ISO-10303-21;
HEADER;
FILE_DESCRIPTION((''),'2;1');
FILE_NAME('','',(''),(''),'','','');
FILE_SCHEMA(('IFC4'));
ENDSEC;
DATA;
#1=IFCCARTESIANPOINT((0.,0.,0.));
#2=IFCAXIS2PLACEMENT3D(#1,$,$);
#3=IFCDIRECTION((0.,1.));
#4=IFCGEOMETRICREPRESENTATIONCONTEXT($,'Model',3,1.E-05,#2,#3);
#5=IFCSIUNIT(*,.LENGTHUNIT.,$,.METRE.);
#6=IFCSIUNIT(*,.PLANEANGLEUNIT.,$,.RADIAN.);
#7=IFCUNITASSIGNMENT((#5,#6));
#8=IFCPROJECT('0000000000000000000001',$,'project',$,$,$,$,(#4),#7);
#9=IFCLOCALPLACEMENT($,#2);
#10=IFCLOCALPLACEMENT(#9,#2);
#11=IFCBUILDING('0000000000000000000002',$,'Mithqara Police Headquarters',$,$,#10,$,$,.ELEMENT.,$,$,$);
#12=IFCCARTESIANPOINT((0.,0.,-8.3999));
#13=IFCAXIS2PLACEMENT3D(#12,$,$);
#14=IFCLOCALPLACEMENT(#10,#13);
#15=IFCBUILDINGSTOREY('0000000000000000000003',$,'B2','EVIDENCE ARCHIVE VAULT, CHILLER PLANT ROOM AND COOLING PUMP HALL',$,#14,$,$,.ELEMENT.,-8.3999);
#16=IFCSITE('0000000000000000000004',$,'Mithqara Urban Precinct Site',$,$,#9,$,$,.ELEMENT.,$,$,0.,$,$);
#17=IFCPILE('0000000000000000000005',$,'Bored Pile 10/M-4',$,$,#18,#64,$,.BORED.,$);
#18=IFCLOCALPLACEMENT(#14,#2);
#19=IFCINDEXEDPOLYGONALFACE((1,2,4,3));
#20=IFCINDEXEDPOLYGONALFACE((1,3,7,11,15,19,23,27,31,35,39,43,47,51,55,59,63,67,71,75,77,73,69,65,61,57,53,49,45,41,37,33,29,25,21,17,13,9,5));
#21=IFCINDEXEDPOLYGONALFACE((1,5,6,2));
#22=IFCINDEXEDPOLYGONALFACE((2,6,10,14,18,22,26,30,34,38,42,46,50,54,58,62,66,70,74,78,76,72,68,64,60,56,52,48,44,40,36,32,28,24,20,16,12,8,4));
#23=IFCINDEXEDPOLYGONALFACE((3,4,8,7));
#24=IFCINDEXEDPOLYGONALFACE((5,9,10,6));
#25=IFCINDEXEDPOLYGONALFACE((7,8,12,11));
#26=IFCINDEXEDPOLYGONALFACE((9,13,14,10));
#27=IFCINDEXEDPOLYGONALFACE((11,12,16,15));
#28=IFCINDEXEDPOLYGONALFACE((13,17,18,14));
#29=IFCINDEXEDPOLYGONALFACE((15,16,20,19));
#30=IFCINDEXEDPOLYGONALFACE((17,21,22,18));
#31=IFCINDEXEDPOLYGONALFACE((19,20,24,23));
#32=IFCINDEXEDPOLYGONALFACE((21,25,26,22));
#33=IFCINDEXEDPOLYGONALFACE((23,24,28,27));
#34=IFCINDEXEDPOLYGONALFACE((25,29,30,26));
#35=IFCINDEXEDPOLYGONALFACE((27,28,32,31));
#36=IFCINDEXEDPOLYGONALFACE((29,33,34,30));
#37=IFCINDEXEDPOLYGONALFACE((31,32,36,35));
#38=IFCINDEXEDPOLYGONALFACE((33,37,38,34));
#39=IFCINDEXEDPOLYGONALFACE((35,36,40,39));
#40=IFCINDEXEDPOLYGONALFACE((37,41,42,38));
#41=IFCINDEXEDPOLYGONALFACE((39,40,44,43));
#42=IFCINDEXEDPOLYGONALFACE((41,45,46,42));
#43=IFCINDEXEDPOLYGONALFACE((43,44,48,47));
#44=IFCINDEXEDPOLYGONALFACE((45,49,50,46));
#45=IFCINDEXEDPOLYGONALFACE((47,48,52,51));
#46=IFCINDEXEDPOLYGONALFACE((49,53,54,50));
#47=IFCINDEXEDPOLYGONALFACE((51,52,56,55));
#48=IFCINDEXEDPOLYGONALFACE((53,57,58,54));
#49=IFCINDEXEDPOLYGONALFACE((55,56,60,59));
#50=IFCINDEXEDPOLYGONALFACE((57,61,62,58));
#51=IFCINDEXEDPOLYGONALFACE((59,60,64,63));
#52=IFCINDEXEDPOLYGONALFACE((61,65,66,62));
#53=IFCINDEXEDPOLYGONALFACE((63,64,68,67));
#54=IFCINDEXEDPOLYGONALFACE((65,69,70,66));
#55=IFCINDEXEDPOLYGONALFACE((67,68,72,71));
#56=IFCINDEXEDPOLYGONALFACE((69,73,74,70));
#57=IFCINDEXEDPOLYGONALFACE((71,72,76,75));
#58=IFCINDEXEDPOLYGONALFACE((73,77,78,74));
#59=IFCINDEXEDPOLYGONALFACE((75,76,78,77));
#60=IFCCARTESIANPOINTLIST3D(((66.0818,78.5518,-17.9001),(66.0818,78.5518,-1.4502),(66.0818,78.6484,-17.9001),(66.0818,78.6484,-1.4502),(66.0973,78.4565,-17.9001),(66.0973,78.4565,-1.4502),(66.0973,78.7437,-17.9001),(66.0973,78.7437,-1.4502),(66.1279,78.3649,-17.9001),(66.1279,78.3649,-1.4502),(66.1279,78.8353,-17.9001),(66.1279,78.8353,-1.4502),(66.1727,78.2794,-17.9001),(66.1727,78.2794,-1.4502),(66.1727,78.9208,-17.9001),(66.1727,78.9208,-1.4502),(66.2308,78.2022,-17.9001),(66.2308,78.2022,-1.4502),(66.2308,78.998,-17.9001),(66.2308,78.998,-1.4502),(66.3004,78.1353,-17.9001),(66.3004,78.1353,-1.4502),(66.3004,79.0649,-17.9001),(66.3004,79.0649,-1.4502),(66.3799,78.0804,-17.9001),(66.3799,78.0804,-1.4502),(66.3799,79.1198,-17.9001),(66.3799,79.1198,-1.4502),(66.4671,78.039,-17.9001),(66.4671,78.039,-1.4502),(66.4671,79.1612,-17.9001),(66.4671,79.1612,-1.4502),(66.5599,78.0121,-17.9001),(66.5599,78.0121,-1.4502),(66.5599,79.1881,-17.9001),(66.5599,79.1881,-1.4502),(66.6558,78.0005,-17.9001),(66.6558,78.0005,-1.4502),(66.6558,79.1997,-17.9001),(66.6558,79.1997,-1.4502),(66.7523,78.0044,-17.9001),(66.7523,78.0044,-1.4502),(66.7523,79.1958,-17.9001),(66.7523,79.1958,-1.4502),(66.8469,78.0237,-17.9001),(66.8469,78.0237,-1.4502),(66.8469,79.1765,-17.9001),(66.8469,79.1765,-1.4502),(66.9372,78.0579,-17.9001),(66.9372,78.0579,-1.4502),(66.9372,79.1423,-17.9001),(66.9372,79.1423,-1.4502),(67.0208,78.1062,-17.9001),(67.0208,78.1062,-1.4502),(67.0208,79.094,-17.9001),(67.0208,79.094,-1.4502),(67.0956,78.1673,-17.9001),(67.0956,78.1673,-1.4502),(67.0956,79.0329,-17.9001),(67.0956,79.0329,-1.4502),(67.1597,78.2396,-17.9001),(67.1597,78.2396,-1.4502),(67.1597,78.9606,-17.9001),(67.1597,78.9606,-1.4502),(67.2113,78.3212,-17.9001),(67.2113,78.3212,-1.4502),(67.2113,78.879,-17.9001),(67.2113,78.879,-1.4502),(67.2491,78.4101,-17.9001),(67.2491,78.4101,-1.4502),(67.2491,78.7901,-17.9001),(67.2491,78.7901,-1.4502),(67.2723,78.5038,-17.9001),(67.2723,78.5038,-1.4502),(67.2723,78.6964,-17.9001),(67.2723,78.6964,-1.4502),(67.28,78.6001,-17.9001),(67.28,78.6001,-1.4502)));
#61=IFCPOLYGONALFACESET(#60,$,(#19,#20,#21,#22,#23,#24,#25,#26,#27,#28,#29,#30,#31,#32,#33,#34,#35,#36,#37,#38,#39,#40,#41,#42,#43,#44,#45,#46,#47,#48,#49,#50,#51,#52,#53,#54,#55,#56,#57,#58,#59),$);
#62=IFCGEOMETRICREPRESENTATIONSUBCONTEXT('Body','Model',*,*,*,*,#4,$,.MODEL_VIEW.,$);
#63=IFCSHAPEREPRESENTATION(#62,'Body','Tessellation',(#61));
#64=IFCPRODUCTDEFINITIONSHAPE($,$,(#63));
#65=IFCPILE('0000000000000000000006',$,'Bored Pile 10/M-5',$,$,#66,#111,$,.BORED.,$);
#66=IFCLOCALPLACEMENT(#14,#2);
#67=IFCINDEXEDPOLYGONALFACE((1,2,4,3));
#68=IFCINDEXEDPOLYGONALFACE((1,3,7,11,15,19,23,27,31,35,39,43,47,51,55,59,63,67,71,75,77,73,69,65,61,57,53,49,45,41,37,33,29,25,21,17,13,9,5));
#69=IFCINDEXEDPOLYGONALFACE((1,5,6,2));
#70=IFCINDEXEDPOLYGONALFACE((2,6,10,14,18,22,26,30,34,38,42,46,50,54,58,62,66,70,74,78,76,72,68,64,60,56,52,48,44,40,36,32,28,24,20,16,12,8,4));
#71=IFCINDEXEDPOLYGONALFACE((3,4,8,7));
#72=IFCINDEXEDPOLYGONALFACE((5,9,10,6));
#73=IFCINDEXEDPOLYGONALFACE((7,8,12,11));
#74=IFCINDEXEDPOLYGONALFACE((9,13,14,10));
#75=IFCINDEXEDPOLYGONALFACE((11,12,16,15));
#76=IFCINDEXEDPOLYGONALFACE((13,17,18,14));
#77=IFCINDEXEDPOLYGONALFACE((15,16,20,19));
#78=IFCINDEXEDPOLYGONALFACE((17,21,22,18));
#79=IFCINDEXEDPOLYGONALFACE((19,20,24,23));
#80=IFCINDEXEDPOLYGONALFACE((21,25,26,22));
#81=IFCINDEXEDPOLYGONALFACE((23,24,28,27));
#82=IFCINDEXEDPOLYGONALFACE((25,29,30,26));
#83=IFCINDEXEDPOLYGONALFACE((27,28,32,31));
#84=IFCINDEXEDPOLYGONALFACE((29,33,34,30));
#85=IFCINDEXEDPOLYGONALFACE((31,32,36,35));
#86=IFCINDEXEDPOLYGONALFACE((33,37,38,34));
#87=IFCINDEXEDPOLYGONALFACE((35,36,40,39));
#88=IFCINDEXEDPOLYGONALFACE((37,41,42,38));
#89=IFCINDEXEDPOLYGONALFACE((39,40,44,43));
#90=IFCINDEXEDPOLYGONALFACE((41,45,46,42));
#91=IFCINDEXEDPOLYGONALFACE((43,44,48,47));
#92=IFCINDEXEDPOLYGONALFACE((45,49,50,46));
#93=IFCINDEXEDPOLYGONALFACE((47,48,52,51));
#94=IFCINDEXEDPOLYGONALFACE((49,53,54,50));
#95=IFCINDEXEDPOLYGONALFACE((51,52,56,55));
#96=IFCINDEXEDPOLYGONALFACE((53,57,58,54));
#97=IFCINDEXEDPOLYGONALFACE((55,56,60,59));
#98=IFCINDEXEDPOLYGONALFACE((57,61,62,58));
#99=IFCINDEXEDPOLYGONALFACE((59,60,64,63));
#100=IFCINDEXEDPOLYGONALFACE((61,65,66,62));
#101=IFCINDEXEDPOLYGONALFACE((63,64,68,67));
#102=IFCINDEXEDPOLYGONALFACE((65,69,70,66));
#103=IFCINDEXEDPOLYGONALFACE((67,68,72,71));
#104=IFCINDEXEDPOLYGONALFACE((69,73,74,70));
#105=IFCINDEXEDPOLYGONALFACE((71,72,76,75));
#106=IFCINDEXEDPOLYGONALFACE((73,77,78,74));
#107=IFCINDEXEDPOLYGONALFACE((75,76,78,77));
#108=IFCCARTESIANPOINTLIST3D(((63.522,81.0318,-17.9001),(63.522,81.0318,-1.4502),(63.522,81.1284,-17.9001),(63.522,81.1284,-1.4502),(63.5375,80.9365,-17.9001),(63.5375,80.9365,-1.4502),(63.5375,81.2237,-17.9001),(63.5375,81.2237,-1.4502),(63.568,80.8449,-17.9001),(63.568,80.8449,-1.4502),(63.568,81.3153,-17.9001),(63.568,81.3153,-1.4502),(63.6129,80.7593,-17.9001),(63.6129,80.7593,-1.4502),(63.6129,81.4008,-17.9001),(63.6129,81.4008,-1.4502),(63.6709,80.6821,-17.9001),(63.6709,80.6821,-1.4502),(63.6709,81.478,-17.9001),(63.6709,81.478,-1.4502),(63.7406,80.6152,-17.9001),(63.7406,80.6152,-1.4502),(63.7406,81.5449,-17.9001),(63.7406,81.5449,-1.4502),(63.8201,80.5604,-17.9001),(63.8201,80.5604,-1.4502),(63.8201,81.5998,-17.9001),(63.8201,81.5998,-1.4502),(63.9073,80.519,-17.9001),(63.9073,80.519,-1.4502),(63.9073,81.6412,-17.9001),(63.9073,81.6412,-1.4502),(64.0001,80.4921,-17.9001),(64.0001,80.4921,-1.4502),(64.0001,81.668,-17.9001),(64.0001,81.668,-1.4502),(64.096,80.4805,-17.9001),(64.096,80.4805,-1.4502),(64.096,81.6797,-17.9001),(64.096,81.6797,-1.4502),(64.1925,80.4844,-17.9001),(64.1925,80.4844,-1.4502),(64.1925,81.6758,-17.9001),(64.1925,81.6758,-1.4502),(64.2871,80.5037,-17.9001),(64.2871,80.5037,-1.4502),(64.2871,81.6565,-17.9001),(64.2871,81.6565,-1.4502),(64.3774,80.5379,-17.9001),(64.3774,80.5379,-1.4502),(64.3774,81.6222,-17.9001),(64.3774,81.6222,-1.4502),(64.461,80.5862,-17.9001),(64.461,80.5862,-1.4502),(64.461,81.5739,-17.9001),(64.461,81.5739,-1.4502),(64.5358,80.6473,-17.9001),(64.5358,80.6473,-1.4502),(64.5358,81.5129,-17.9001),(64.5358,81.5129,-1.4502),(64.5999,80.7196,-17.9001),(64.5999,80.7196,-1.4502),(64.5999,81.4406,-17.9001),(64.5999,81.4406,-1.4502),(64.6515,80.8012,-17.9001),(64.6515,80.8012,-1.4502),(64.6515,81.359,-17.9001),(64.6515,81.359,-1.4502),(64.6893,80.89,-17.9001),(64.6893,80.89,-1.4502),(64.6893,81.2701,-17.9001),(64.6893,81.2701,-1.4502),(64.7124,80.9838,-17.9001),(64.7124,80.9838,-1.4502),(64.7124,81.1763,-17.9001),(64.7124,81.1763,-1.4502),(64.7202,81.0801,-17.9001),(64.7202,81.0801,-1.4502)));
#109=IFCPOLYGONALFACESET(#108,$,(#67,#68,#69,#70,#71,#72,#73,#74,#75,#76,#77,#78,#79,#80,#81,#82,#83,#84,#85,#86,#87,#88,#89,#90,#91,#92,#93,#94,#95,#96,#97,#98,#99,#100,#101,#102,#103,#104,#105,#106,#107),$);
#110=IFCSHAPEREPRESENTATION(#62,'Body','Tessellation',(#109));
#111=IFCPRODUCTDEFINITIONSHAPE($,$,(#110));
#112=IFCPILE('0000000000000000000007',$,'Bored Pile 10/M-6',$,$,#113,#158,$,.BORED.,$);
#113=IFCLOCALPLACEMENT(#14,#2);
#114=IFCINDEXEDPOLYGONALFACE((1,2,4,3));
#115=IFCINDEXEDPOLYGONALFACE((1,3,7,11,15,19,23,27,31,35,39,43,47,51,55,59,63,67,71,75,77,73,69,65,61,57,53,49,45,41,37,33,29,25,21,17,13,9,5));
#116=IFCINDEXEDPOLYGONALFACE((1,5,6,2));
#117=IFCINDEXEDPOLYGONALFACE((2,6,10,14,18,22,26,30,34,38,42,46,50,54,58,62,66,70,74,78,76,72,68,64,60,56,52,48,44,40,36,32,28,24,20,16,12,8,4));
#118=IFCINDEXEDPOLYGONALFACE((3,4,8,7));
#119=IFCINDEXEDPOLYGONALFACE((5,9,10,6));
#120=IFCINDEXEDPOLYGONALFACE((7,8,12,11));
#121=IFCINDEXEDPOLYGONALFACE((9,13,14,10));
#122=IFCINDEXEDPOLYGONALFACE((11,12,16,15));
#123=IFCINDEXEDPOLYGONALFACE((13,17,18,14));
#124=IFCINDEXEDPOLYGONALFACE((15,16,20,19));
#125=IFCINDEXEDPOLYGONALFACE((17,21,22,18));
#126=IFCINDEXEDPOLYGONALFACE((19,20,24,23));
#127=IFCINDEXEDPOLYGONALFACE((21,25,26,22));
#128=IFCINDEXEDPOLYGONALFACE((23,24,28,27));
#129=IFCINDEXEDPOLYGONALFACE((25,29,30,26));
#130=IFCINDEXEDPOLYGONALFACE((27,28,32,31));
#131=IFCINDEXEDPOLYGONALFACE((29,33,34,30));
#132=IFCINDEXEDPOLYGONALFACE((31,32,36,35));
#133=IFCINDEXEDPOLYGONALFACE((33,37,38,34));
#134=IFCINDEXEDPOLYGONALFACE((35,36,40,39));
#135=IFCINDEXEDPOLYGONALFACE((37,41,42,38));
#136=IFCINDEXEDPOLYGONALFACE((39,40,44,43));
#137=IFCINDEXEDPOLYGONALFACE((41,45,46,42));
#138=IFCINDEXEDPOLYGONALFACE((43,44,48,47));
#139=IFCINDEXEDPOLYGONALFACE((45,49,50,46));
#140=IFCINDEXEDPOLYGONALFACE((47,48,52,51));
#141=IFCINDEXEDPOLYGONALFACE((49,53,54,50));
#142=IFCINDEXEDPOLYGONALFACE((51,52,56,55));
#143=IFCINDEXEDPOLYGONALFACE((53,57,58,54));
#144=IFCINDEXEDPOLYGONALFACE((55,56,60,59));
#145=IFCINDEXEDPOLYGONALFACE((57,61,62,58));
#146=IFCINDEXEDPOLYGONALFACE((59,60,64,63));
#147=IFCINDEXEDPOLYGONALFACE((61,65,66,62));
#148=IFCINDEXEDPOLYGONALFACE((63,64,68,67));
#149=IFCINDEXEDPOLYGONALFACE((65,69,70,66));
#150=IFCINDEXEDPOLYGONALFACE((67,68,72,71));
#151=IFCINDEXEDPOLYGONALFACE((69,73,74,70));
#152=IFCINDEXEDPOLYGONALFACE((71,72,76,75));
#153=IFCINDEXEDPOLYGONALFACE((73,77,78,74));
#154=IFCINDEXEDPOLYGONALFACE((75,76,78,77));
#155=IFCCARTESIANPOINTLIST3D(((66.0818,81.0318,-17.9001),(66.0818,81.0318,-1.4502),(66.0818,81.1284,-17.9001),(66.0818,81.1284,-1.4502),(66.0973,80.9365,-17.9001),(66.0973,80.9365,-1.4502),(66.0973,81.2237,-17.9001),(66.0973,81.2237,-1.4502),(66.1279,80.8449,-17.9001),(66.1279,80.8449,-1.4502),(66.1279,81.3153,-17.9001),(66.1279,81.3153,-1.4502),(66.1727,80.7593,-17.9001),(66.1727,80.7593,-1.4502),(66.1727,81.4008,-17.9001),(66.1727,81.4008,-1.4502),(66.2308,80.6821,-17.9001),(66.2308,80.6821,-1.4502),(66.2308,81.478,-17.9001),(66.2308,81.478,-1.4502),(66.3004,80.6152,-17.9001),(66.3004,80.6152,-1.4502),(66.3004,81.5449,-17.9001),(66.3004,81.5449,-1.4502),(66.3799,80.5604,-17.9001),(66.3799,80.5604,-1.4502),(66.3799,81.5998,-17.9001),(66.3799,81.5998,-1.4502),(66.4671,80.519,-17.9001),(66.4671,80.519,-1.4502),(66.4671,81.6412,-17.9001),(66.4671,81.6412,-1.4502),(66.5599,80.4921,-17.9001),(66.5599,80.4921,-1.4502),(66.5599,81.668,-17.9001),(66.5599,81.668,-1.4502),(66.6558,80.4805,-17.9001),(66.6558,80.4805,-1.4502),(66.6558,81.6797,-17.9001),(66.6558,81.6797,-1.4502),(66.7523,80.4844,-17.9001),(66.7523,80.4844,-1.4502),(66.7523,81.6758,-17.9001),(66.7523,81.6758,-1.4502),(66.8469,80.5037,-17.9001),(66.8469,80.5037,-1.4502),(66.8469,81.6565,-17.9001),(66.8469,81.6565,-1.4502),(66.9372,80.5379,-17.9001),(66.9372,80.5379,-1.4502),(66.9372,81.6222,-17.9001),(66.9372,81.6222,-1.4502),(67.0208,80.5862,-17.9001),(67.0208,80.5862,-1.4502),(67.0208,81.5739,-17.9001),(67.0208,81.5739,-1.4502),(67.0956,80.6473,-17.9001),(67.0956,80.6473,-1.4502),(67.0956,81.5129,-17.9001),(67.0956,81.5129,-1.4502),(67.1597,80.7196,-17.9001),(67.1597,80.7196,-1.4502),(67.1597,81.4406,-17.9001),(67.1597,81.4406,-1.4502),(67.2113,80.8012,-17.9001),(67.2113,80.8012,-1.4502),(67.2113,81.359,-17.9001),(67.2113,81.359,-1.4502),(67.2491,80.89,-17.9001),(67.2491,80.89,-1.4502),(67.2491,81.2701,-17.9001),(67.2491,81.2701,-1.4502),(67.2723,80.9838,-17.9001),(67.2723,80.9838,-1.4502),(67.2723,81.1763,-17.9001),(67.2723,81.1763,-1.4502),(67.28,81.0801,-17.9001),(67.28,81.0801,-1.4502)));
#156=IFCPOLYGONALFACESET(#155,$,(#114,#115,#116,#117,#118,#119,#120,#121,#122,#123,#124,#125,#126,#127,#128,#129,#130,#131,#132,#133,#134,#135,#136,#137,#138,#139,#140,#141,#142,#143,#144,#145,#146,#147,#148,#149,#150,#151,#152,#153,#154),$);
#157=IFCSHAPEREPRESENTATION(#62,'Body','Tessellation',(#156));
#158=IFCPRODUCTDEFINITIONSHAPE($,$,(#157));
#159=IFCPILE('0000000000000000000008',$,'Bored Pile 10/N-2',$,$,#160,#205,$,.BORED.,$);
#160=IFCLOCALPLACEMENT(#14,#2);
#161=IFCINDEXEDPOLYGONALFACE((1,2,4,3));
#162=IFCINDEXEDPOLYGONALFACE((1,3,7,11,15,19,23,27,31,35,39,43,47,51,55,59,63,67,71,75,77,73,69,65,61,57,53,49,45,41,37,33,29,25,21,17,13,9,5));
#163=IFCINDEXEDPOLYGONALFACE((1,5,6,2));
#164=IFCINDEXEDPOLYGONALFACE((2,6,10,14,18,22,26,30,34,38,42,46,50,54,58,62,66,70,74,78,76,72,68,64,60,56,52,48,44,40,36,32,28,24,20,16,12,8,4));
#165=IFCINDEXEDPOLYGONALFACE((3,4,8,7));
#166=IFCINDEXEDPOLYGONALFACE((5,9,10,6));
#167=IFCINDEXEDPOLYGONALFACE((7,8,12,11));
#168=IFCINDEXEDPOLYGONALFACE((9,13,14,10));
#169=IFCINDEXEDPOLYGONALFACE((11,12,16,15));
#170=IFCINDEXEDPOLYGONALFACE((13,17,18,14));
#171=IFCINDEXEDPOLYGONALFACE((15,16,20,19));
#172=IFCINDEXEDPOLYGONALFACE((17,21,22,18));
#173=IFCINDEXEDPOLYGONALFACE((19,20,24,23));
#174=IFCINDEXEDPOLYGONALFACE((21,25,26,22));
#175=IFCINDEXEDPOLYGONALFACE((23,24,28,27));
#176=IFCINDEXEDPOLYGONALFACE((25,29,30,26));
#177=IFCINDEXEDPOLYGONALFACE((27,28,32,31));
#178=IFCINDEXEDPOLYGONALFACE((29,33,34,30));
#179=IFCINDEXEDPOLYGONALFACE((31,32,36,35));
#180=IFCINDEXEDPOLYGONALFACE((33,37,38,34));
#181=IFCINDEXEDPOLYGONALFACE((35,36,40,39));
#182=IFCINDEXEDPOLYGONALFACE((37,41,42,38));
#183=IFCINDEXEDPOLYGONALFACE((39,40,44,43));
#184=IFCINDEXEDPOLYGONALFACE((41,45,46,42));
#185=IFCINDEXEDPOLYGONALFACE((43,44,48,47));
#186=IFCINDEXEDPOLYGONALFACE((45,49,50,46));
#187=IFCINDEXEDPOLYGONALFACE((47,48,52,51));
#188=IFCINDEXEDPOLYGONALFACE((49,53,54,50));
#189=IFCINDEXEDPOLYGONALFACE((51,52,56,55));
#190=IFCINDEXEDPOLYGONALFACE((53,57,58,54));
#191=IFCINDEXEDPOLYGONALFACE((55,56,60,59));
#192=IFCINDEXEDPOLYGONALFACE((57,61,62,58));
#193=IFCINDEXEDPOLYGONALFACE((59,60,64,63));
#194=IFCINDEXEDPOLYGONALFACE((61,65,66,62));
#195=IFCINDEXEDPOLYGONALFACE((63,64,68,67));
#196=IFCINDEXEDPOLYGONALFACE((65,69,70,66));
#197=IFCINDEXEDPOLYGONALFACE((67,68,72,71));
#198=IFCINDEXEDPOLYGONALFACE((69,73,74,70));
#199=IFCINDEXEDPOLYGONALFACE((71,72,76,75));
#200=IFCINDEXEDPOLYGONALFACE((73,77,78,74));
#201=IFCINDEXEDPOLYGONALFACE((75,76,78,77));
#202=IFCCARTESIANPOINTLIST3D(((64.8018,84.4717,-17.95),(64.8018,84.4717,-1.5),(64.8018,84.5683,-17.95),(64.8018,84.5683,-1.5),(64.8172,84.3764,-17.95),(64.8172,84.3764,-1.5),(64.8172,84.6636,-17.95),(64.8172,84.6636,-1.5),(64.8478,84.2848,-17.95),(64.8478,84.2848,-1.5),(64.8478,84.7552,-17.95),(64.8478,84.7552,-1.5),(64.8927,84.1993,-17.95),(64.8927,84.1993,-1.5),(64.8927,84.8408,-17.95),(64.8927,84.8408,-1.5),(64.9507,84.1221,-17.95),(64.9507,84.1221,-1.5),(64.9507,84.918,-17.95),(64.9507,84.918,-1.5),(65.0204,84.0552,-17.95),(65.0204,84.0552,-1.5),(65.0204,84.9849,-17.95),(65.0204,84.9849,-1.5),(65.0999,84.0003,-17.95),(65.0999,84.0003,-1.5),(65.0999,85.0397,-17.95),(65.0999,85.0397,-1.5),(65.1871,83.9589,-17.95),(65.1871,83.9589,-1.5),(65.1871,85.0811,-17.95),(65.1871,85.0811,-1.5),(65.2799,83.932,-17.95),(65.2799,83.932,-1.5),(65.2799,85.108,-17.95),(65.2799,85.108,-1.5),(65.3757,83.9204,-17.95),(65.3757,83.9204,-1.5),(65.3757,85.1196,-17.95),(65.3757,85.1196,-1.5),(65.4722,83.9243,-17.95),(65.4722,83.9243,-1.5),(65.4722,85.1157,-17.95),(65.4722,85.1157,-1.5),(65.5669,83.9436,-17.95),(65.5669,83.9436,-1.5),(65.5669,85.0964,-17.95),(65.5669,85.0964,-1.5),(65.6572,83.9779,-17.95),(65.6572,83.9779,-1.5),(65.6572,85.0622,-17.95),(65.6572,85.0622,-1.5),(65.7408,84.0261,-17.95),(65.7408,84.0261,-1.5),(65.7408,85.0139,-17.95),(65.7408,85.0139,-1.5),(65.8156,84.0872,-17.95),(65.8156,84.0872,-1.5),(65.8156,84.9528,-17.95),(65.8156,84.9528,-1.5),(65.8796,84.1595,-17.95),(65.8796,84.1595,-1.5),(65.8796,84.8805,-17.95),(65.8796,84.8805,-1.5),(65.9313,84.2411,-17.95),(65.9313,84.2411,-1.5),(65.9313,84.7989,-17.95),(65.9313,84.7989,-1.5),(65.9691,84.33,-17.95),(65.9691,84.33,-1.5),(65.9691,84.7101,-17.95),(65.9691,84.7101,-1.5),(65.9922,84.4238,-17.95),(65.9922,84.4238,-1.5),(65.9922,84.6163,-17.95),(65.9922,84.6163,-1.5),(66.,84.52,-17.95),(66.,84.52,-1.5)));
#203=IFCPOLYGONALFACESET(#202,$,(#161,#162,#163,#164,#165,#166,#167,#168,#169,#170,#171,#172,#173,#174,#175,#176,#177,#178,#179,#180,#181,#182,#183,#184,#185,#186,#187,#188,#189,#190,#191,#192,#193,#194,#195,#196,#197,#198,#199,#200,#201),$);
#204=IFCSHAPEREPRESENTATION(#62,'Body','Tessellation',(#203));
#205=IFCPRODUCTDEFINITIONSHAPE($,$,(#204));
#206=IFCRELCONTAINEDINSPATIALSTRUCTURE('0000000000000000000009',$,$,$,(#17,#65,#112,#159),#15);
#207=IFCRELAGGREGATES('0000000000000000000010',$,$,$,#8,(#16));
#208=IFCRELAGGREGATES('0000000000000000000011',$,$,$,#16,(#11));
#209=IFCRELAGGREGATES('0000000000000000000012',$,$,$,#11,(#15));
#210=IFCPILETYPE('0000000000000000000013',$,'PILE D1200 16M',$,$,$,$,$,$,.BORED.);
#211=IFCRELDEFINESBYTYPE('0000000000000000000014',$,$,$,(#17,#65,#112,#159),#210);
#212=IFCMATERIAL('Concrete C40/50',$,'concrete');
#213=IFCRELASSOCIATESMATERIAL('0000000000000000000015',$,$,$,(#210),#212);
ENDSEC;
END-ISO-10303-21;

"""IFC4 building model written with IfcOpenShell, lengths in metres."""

from ifc_helpers import new_model, si_unit, direction, frame, origin, origin_2d, place, context, subcontext, project, spatial, circle, extrude, material, material_profile, profile_set, type_object, element, save


model = new_model("IFC4")

# Units and contexts
model_context = context("Model", 3, precision=1e-05, world=origin(), true_north=direction((0.0, 1.0)))
body_context = subcontext(model_context, "Body", "Model", "MODEL_VIEW")
ifc_project = project(units=[si_unit("LENGTHUNIT", "METRE"), si_unit("PLANEANGLEUNIT", "RADIAN")], contexts=[model_context])

# Site, building, storey
site_placement = place(None, origin())
site = spatial("IfcSite", under=ifc_project, at=site_placement, Name="Mithqara Urban Precinct Site", CompositionType="ELEMENT", RefElevation=0.0)
building_placement = place(site_placement, origin())
building = spatial("IfcBuilding", under=site, at=building_placement, Name="Mithqara Police Headquarters", CompositionType="ELEMENT")
storey_placement = place(building_placement, frame((0.0, 0.0, -8.3999)))
storey = spatial("IfcBuildingStorey", under=building, at=storey_placement, Name="B2", Description="EVIDENCE ARCHIVE VAULT, CHILLER PLANT ROOM AND COOLING PUMP HALL", CompositionType="ELEMENT", Elevation=-8.3999)

# Shared definitions
ifc_material_1 = material(Name="Concrete C40/50", Category="concrete")

# Piles
ifc_material_profile_1 = material_profile(ifc_material_1, circle(Radius=0.6001, at=origin_2d()), Name="PILE D1200")
ifc_profile_set_1 = profile_set([ifc_material_profile_1], Name="Concrete C40/50")
pile_type = type_object("IfcPileType", Name="PILE D1200 16M", PredefinedType="BORED", material=ifc_profile_set_1)
for number, where, z_axis, x_axis, name in (
    (1, (66.6799, 78.6001, -1.4502), (0.0, 0.0, -1.0), (1.0, 0.0, 0.0), "Bored Pile 10/M-4"),
    (2, (64.1201, 81.0801, -1.4502), (0.0, 0.0, -1.0), (1.0, 0.0, 0.0), "Bored Pile 10/M-5"),
    (3, (66.6799, 81.0801, -1.4502), (0.0, 0.0, -1.0), (1.0, 0.0, 0.0), "Bored Pile 10/M-6"),
    (4, (65.3999, 84.52, -1.5), (0.0, 0.0, -1.0), (1.0, 0.0, 0.0), "Bored Pile 10/N-2"),
):
    element("IfcPile", number, at=place(storey_placement, frame(where, z_axis=z_axis, x_axis=x_axis)), inside=storey, type_object=pile_type, Name=name, PredefinedType="BORED", context=body_context, shape_type="SweptSolid", body=[
        extrude(circle(Radius=0.6001, at=origin_2d()), origin(), (0.0, 0.0, 1.0), 16.45),
    ])

save(model, "model.ifc")
